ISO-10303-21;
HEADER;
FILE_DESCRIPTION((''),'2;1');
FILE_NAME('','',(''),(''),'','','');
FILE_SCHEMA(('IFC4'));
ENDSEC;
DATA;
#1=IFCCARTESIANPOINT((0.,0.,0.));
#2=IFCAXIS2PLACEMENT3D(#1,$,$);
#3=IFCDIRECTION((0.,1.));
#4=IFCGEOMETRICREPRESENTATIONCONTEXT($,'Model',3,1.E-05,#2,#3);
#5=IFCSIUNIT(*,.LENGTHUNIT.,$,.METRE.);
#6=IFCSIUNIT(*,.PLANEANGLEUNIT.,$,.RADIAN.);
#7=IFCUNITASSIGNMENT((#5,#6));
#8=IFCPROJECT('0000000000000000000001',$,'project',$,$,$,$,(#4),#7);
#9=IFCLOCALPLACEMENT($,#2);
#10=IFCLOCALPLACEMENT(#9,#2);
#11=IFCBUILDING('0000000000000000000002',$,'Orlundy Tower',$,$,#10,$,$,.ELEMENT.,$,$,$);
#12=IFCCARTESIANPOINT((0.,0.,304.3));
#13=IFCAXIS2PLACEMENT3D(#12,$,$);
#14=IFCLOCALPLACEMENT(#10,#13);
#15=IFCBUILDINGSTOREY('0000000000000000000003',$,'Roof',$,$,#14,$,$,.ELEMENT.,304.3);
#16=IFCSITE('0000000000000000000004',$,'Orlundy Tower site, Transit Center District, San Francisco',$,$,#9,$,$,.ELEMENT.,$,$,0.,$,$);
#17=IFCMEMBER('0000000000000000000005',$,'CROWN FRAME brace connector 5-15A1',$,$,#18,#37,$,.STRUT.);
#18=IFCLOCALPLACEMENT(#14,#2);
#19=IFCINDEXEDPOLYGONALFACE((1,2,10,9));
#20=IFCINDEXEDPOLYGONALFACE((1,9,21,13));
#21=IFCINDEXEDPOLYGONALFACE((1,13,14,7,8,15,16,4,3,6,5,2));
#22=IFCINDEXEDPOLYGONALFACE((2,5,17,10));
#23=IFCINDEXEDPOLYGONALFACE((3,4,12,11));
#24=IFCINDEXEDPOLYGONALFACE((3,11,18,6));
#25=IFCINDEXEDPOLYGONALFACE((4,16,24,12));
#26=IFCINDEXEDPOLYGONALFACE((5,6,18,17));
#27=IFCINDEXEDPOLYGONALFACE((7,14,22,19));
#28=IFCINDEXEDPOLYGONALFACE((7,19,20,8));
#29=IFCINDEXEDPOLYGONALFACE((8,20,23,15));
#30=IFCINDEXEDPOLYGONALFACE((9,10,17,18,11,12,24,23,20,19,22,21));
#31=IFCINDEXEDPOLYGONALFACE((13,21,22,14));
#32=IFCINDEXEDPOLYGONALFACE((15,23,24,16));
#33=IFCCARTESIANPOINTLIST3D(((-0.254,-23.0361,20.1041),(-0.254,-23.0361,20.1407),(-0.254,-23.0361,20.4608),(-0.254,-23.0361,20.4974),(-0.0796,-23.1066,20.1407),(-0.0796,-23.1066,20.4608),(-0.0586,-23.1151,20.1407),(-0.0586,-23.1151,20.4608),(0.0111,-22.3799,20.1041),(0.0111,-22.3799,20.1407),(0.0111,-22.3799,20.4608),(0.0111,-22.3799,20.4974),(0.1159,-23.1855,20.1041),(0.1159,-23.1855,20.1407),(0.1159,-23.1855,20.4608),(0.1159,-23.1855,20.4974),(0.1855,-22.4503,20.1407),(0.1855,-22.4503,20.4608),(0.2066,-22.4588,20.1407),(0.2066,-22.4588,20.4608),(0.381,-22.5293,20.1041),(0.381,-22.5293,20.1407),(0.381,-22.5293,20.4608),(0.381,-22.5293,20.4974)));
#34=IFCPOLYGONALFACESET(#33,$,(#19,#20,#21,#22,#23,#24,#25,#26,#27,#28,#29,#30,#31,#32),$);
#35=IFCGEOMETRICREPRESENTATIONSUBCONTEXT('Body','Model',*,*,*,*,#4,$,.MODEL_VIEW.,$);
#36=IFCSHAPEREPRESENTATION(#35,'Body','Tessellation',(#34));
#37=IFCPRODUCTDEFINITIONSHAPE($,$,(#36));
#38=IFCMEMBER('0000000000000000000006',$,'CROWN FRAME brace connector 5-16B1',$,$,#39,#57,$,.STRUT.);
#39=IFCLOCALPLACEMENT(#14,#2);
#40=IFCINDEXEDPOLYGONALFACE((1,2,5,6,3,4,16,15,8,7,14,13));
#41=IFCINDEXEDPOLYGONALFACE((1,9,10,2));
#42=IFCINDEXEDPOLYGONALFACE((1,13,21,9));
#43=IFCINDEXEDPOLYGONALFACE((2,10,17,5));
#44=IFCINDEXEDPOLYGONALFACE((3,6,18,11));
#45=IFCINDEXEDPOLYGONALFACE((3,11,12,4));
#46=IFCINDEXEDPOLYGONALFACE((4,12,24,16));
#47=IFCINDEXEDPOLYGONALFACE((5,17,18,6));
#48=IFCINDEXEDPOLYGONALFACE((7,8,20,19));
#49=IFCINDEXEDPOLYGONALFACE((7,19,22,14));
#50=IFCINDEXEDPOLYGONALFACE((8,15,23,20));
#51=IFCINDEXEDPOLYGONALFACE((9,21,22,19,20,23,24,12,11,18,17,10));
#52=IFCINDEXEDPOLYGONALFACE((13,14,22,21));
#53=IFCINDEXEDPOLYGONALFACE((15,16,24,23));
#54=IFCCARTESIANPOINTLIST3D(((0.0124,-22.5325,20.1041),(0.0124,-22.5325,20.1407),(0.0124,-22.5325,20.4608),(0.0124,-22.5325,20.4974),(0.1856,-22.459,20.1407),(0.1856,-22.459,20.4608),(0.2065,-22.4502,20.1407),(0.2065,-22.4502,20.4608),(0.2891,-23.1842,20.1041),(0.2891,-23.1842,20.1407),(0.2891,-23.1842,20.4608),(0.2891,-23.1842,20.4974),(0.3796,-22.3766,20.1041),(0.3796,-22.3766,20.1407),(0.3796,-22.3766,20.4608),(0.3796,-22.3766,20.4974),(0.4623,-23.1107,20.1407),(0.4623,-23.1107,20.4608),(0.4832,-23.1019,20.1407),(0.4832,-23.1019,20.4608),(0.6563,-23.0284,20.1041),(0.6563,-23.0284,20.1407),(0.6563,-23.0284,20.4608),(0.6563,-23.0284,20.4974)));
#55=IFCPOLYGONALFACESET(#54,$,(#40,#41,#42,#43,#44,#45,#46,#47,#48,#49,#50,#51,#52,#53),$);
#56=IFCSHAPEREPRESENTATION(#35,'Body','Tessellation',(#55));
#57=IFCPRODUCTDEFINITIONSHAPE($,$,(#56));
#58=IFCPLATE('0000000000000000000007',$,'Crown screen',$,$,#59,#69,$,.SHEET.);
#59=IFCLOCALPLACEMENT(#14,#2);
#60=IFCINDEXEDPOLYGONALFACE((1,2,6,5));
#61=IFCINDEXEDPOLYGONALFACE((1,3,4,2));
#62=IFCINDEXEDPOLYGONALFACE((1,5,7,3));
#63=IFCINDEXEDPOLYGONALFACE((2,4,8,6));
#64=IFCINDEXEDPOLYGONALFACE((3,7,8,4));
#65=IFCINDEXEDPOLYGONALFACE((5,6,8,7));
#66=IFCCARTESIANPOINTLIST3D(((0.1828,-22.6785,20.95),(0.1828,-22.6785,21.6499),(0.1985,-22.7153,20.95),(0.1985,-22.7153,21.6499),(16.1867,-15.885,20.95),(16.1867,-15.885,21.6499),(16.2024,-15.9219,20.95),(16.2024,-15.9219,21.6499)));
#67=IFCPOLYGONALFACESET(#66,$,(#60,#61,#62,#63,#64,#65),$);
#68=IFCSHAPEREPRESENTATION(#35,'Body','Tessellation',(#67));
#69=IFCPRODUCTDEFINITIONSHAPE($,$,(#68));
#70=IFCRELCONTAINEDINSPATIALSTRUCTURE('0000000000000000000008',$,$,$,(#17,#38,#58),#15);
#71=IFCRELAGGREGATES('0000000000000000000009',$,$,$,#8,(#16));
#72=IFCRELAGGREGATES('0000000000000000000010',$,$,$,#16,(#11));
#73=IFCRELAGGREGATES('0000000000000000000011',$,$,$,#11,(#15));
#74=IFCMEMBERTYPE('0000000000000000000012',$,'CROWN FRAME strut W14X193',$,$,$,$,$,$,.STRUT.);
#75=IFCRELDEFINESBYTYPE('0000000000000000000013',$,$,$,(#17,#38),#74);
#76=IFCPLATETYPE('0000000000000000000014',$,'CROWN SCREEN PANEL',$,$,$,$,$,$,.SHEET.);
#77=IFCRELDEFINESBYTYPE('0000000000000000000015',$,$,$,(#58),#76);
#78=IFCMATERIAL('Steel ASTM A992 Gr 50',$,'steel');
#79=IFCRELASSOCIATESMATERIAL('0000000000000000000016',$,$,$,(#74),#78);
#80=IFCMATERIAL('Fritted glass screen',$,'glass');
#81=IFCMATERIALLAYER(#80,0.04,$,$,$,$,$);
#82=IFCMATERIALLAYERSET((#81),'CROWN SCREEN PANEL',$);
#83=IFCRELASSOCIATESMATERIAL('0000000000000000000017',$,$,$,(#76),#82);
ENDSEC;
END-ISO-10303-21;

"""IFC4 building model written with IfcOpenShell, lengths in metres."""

from ifc_helpers import new_model, si_unit, direction, frame, origin, origin_2d, place, context, subcontext, project, spatial, polyline, i_section, outline, extrude, material, layer, layer_set, material_profile, profile_set, type_object, element, save


model = new_model("IFC4")

# Units and contexts
model_context = context("Model", 3, precision=1e-05, world=origin(), true_north=direction((0.0, 1.0)))
body_context = subcontext(model_context, "Body", "Model", "MODEL_VIEW")
ifc_project = project(units=[si_unit("LENGTHUNIT", "METRE"), si_unit("PLANEANGLEUNIT", "RADIAN")], contexts=[model_context])

# Site, building, storey
site_placement = place(None, origin())
site = spatial("IfcSite", under=ifc_project, at=site_placement, Name="Orlundy Tower site, Transit Center District, San Francisco", CompositionType="ELEMENT", RefElevation=0.0)
building_placement = place(site_placement, origin())
building = spatial("IfcBuilding", under=site, at=building_placement, Name="Orlundy Tower", CompositionType="ELEMENT")
storey_placement = place(building_placement, frame((0.0, 0.0, 304.3)))
storey = spatial("IfcBuildingStorey", under=building, at=storey_placement, Name="Roof", CompositionType="ELEMENT", Elevation=304.3)

# Members
ifc_material_1 = material(Name="Steel ASTM A992 Gr 50", Category="steel")
ifc_material_profile_1 = material_profile(ifc_material_1, i_section(OverallWidth=0.3989, OverallDepth=0.3933, WebThickness=0.0227, FlangeThickness=0.0366, at=origin_2d()), Name="W14X193")
ifc_profile_set_1 = profile_set([ifc_material_profile_1], Name="Steel ASTM A992 Gr 50")
member_type = type_object("IfcMemberType", Name="CROWN FRAME strut W14X193", PredefinedType="STRUT", material=ifc_profile_set_1)
member_1_placement = place(storey_placement, frame((0.196, -22.4546, 20.3008), z_axis=(-0.3746, -0.927187, 0.0), x_axis=(0.927187, -0.3746, 0.0)))
element("IfcMember", 1, at=member_1_placement, inside=storey, type_object=member_type, Name="CROWN FRAME brace connector 5-15A1", PredefinedType="STRUT", context=body_context, shape_type="SweptSolid", body=[
    extrude(i_section(OverallWidth=0.3989, OverallDepth=0.3933, WebThickness=0.0227, FlangeThickness=0.0366, at=origin_2d()), origin(), (0.0, 0.0, 1.0), 0.7078),
])
member_2_placement = place(storey_placement, frame((0.196, -22.4546, 20.3008), z_axis=(0.390754, -0.920495, 0.0), x_axis=(0.920495, 0.390754, 0.0)))
element("IfcMember", 2, at=member_2_placement, inside=storey, type_object=member_type, Name="CROWN FRAME brace connector 5-16B1", PredefinedType="STRUT", context=body_context, shape_type="SweptSolid", body=[
    extrude(i_section(OverallWidth=0.3989, OverallDepth=0.3933, WebThickness=0.0227, FlangeThickness=0.0366, at=origin_2d()), origin(), (0.0, 0.0, 1.0), 0.708),
])

# Plate
ifc_material_2 = material(Name="Fritted glass screen", Category="glass")
ifc_layer = layer(ifc_material_2, 0.04)
ifc_layer_set = layer_set([ifc_layer], Name="CROWN SCREEN PANEL")
plate_type = type_object("IfcPlateType", Name="CROWN SCREEN PANEL", PredefinedType="SHEET", material=ifc_layer_set)
plate_placement = place(storey_placement, frame((0.1985, -22.7153, 20.95), z_axis=(0.390741, -0.920501, 0.0), x_axis=(0.920501, 0.390741, 0.0)))
element("IfcPlate", 3, at=plate_placement, inside=storey, type_object=plate_type, Name="Crown screen", PredefinedType="SHEET", context=body_context, shape_type="SweptSolid", body=[
    extrude(outline(polyline([(0.0, 0.0), (17.3861, 0.0), (17.3861, 0.7), (0.0, 0.7), (0.0, 0.0)])), origin(), (0.0, 0.0, -1.0), 0.04),
])

save(model, "model.ifc")
